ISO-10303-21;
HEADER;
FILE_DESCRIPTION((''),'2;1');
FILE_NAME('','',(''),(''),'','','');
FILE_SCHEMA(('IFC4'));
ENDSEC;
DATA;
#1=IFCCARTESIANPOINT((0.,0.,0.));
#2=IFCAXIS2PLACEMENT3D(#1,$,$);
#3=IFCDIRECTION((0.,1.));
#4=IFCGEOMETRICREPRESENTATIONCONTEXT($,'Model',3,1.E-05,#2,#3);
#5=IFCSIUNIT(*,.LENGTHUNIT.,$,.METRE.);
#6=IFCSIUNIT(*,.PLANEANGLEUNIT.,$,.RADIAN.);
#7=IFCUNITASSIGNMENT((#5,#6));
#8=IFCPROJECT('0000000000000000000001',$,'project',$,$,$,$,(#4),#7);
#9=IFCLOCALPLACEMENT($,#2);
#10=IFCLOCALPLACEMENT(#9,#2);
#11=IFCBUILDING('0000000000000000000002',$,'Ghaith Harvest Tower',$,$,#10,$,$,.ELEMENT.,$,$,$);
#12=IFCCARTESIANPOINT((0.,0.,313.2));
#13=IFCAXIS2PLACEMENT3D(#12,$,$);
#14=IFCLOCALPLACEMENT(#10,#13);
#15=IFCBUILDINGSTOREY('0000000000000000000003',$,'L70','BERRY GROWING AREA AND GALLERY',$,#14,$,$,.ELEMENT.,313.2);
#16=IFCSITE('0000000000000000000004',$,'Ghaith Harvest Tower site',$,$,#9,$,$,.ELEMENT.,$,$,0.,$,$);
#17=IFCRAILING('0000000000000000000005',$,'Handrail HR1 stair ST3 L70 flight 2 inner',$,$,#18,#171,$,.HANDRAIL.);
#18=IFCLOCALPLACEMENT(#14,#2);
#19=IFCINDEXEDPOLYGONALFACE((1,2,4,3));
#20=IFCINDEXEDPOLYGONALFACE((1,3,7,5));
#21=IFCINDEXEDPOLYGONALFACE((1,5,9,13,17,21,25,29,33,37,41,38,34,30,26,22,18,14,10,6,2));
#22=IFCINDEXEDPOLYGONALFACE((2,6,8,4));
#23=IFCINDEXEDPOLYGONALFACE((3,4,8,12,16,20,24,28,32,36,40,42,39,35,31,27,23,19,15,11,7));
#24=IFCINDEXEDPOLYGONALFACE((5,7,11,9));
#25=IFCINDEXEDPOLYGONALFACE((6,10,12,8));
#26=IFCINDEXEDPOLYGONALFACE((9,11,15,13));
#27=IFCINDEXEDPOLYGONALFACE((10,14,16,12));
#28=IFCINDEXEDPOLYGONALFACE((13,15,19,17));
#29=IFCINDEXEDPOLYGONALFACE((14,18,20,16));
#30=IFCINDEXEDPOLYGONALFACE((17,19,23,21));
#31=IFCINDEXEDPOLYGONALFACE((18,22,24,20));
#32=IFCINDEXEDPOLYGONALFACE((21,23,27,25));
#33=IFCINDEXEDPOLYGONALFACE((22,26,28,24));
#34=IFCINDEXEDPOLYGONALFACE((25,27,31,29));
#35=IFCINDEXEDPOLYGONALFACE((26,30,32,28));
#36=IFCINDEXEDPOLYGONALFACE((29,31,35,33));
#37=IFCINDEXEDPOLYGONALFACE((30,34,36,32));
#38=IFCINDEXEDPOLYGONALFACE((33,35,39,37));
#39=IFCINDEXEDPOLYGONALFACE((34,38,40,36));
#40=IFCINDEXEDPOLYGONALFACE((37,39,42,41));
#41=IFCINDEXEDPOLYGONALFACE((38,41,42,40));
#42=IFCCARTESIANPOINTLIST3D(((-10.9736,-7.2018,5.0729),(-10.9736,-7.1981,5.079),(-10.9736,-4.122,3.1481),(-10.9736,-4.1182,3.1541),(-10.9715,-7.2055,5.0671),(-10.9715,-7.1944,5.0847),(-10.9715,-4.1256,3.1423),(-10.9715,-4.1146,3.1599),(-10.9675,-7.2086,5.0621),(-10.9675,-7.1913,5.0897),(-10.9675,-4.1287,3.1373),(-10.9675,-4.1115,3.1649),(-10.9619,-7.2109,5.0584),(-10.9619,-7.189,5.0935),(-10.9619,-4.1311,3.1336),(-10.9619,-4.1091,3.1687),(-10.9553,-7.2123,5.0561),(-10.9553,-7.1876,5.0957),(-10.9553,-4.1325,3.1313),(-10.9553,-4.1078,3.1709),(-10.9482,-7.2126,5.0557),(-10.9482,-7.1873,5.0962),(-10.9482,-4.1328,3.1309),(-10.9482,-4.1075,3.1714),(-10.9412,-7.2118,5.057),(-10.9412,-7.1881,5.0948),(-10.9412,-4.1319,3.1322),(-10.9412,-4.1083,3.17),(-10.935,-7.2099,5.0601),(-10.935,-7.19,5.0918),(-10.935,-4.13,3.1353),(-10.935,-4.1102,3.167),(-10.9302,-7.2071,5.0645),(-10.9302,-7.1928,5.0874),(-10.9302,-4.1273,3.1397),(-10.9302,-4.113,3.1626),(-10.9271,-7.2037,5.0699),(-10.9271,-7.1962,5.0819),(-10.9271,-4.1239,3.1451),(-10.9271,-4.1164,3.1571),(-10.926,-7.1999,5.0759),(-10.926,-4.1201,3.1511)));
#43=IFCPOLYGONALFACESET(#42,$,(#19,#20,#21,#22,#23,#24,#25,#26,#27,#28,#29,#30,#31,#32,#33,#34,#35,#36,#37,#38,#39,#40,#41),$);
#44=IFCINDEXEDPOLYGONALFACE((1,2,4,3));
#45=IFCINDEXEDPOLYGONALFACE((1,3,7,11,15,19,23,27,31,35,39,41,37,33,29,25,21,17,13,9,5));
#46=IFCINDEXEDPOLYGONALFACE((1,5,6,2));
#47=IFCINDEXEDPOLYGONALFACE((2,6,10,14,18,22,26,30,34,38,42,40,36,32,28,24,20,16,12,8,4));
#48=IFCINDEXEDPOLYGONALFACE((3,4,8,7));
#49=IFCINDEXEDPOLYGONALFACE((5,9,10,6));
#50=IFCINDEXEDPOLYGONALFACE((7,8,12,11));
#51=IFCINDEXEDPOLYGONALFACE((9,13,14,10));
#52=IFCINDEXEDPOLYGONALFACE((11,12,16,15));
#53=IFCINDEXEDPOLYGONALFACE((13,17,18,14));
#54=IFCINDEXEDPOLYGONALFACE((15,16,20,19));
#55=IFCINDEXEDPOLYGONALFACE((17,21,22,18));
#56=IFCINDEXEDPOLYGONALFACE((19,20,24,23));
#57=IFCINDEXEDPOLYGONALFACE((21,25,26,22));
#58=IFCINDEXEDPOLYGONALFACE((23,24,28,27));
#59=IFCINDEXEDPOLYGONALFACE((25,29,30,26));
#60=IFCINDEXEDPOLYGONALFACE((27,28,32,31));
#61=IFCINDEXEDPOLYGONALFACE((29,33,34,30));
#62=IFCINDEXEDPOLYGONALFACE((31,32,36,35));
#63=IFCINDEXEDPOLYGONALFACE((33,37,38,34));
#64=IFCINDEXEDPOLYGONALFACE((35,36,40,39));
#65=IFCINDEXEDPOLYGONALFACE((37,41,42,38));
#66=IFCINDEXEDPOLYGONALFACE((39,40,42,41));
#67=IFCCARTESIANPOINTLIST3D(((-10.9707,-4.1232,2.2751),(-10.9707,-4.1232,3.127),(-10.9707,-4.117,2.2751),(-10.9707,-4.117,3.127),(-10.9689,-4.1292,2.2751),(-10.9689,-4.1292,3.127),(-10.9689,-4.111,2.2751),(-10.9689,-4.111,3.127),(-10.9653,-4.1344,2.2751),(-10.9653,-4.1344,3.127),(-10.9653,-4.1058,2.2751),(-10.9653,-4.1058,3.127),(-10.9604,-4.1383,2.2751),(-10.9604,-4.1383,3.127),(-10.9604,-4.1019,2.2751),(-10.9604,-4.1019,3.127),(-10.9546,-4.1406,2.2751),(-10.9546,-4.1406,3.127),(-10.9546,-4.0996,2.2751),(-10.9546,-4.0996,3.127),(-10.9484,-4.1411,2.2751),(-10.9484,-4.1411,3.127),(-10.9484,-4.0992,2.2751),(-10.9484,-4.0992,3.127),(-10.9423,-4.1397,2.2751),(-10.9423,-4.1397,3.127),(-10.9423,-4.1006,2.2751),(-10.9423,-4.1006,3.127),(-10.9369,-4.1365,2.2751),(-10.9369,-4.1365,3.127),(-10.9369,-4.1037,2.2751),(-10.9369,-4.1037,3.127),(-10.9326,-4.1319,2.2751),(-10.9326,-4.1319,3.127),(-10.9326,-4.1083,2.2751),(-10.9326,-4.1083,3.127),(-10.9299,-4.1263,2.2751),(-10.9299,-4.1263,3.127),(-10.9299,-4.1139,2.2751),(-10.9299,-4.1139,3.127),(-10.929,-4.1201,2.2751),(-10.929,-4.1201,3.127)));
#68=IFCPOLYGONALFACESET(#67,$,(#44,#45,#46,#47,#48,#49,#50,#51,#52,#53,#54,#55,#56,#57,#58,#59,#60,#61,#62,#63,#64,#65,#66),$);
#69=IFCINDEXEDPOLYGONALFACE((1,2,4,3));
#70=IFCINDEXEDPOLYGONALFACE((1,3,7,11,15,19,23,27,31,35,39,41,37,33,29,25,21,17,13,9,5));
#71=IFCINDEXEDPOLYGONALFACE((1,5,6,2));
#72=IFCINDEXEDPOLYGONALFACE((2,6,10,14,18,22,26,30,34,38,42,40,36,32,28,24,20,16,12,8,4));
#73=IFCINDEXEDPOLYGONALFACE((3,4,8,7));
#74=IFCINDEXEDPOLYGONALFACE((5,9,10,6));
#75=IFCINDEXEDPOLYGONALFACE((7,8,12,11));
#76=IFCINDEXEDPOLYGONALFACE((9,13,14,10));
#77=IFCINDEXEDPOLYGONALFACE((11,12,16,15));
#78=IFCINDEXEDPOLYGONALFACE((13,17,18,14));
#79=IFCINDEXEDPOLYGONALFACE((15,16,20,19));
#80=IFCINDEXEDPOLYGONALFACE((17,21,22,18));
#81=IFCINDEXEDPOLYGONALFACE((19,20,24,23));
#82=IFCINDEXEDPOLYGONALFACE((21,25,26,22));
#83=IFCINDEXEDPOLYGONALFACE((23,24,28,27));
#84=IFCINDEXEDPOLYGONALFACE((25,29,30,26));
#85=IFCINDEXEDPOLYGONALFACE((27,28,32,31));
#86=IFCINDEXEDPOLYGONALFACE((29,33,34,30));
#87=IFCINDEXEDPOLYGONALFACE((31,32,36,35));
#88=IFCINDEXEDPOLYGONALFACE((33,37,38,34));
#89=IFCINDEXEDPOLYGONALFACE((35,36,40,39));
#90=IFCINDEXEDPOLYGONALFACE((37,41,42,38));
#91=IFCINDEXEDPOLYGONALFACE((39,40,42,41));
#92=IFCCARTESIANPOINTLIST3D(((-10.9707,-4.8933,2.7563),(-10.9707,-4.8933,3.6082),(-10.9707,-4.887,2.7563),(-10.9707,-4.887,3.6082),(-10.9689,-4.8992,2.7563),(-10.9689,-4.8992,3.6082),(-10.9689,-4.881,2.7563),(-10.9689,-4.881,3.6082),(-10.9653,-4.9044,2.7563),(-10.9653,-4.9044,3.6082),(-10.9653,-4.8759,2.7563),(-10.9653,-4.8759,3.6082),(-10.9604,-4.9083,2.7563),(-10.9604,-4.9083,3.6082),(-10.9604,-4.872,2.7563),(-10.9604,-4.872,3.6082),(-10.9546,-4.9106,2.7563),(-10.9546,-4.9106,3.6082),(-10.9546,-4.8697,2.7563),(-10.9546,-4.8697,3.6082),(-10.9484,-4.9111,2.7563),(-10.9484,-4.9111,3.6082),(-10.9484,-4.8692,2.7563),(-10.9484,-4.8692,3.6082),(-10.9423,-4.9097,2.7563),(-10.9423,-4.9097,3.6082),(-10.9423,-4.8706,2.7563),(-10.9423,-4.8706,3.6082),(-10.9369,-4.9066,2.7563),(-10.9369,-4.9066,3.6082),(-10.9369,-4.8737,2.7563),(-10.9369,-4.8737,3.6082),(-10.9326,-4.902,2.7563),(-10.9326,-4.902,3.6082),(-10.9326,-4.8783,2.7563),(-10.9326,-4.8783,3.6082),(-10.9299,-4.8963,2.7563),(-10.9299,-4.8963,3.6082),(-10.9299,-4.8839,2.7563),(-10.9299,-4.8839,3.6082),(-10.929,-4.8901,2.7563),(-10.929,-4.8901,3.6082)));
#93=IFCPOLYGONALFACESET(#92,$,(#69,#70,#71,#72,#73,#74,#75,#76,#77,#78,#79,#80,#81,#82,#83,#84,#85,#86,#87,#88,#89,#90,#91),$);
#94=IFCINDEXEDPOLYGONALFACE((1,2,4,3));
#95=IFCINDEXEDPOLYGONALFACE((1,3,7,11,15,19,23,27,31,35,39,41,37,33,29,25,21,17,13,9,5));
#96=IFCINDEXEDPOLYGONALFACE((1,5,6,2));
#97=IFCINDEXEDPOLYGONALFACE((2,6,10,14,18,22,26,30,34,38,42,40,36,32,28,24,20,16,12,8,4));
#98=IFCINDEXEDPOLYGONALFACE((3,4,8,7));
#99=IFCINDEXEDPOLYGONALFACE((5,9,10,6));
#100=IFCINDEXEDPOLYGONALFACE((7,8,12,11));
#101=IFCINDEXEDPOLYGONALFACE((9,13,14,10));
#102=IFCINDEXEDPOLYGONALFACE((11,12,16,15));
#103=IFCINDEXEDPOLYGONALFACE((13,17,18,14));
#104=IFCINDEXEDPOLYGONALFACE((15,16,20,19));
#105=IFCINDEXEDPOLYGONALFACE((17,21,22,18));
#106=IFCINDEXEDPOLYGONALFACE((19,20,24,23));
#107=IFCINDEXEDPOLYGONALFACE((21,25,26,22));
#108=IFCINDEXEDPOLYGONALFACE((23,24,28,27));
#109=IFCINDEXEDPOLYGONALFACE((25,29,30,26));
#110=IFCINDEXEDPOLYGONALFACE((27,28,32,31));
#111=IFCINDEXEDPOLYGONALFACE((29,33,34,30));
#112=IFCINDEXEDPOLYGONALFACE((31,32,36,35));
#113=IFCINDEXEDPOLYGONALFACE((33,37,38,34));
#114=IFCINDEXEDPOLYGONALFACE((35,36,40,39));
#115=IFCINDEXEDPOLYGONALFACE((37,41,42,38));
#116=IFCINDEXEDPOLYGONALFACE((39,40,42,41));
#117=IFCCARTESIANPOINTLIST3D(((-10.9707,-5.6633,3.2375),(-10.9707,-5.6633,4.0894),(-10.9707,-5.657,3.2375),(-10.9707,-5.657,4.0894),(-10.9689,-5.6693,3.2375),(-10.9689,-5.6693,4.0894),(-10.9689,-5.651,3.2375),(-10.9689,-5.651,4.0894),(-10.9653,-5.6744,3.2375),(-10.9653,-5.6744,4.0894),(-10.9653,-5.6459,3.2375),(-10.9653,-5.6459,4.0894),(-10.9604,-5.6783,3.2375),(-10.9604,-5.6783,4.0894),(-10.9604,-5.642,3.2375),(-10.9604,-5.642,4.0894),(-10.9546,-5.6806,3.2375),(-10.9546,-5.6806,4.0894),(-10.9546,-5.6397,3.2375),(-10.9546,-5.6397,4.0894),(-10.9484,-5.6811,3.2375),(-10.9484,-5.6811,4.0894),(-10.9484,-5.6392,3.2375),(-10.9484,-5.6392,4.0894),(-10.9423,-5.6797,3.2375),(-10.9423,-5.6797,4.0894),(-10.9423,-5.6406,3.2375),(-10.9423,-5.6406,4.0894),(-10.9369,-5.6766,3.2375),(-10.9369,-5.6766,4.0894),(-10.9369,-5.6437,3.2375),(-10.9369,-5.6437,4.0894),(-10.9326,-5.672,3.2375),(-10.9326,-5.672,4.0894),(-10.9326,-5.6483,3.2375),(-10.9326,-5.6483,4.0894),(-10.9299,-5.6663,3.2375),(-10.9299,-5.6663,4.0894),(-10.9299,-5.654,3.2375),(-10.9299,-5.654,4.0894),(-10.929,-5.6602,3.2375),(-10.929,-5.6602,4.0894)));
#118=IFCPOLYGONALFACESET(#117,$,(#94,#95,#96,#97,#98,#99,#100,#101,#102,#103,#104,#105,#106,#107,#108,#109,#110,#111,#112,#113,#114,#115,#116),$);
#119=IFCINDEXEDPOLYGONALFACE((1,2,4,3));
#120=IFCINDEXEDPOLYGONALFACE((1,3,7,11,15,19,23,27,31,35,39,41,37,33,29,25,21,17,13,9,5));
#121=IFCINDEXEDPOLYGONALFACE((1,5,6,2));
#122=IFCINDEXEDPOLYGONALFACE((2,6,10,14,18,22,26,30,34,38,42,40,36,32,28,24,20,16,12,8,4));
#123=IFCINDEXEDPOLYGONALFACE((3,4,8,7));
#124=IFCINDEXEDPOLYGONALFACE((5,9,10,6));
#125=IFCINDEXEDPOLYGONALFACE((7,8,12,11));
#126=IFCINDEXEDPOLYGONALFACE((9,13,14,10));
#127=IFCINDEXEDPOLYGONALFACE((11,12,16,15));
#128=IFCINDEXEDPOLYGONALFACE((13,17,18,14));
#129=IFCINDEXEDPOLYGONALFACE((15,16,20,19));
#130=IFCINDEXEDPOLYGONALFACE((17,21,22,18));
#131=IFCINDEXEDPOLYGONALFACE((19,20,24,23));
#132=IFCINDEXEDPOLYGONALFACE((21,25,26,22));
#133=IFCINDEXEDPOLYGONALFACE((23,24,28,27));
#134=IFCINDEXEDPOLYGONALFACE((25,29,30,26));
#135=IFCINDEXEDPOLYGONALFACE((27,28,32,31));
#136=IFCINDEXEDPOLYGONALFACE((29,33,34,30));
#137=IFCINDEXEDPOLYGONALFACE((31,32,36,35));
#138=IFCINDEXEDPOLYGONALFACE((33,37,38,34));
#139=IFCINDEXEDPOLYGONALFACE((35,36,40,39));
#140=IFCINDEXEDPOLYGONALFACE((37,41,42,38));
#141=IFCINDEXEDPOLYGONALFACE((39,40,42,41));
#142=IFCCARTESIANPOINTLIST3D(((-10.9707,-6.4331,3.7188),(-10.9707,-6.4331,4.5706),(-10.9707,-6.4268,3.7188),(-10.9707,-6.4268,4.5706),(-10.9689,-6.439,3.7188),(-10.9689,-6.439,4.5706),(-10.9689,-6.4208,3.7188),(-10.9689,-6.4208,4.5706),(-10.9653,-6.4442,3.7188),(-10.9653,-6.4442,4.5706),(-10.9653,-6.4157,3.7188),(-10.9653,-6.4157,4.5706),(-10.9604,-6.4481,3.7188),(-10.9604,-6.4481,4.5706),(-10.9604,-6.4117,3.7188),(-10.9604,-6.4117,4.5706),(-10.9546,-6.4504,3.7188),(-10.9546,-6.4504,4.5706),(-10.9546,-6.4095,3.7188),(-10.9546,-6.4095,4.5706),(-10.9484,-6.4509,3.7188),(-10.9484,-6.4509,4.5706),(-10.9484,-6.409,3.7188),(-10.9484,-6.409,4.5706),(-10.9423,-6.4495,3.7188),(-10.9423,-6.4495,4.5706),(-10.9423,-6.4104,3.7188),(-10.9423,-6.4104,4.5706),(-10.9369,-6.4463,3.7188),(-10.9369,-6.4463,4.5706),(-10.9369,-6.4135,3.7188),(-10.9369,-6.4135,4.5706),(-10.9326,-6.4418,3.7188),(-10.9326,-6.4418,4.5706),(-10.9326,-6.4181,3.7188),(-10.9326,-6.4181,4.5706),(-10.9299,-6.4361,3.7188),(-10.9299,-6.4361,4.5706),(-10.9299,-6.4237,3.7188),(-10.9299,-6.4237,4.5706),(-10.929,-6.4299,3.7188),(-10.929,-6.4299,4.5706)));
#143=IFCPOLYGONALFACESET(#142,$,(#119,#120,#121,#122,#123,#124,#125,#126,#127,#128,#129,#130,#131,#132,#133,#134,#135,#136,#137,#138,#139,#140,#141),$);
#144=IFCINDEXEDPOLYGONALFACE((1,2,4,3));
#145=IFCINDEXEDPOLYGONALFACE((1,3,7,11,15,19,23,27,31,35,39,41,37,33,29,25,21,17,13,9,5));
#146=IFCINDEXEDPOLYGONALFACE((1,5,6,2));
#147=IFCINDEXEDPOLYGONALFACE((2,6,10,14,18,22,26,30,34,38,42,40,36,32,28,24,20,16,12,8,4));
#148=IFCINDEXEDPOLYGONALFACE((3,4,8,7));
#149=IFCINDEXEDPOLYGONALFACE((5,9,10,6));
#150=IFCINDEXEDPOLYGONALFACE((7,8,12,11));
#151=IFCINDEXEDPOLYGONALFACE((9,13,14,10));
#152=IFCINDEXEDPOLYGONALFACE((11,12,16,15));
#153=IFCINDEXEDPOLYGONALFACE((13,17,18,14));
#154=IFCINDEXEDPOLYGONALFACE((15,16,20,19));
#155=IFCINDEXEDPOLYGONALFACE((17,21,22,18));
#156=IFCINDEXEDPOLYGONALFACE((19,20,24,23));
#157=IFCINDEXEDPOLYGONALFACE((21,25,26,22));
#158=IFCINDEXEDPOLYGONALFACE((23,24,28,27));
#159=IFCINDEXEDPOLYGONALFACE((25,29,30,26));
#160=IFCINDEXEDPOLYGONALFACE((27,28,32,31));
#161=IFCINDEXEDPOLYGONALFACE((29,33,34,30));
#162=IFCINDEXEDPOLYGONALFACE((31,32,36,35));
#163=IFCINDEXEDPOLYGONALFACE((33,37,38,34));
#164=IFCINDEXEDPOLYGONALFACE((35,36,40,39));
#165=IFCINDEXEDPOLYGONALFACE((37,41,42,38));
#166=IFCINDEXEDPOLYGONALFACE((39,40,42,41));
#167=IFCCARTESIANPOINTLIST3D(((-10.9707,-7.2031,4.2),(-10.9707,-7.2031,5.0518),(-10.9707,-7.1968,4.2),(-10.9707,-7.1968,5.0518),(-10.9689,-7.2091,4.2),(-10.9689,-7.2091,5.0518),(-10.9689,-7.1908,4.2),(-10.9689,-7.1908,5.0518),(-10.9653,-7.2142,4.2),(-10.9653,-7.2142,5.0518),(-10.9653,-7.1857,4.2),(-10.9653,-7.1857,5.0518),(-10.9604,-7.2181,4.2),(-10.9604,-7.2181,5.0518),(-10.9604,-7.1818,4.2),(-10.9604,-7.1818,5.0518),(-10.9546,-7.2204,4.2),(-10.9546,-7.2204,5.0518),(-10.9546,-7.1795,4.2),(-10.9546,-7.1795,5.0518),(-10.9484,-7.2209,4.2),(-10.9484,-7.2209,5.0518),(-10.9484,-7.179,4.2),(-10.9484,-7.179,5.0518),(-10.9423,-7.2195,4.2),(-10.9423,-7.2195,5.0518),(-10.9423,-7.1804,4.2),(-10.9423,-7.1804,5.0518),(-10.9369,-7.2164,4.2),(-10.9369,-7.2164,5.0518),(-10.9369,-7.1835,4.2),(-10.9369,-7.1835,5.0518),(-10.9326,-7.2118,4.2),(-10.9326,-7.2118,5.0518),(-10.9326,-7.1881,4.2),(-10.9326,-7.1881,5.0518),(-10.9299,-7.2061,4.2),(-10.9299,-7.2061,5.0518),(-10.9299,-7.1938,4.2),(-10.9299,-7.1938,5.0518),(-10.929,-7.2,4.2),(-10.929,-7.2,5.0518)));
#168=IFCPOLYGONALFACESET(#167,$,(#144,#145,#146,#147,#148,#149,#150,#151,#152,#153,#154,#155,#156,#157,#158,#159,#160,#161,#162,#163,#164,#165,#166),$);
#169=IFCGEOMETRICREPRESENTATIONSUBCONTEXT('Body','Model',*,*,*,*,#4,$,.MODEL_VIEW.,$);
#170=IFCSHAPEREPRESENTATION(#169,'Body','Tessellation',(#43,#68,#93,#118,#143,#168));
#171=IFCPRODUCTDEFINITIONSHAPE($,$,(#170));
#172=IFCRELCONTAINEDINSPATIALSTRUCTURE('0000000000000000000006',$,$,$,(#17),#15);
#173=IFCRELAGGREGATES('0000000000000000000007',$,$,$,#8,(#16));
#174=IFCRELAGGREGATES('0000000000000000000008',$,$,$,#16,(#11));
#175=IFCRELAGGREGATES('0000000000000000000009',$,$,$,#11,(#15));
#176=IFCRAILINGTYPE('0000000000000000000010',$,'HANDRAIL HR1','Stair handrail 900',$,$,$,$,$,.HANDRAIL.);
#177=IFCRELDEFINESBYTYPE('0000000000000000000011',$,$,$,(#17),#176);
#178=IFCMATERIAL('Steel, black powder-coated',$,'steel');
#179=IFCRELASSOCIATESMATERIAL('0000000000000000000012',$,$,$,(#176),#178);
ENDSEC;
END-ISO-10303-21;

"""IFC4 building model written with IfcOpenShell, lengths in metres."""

from ifc_helpers import new_model, si_unit, direction, frame, origin, origin_2d, place, context, subcontext, project, spatial, circle, extrude, material, type_object, element, save


model = new_model("IFC4")

# Units and contexts
model_context = context("Model", 3, precision=1e-05, world=origin(), true_north=direction((0.0, 1.0)))
body_context = subcontext(model_context, "Body", "Model", "MODEL_VIEW")
ifc_project = project(units=[si_unit("LENGTHUNIT", "METRE"), si_unit("PLANEANGLEUNIT", "RADIAN")], contexts=[model_context])

# Site, building, storey
site_placement = place(None, origin())
site = spatial("IfcSite", under=ifc_project, at=site_placement, Name="Ghaith Harvest Tower site", CompositionType="ELEMENT", RefElevation=0.0)
building_placement = place(site_placement, origin())
building = spatial("IfcBuilding", under=site, at=building_placement, Name="Ghaith Harvest Tower", CompositionType="ELEMENT")
storey_placement = place(building_placement, frame((0.0, 0.0, 313.2)))
storey = spatial("IfcBuildingStorey", under=building, at=storey_placement, Name="L70", Description="BERRY GROWING AREA AND GALLERY", CompositionType="ELEMENT", Elevation=313.2)

# Railing
ifc_material_1 = material(Name="Steel, black powder-coated", Category="steel")
railing_type = type_object("IfcRailingType", Name="HANDRAIL HR1", Description="Stair handrail 900", PredefinedType="HANDRAIL", material=ifc_material_1)
railing_1_placement = place(storey_placement, frame((-10.95, -4.1201, 2.2751)))
element("IfcRailing", 1, at=railing_1_placement, inside=storey, type_object=railing_type, Name="Handrail HR1 stair ST3 L70 flight 2 inner", PredefinedType="HANDRAIL", context=body_context, shape_type="SweptSolid", body=[
    extrude(circle(Radius=0.0239, at=origin_2d()), frame((0.0, 0.0, 0.876), z_axis=(0.0, -0.84801, 0.529981), x_axis=(1.0, 0.0, 0.0)), (0.0, 0.0, 1.0), 3.6318),
    extrude(circle(Radius=0.021, at=origin_2d()), origin(), (0.0, 0.0, 1.0), 0.8518),
    extrude(circle(Radius=0.021, at=origin_2d()), frame((0.0, -0.77, 0.4812)), (0.0, 0.0, 1.0), 0.8518),
    extrude(circle(Radius=0.021, at=origin_2d()), frame((0.0, -1.54, 0.9624)), (0.0, 0.0, 1.0), 0.8518),
    extrude(circle(Radius=0.021, at=origin_2d()), frame((0.0, -2.3098, 1.4436)), (0.0, 0.0, 1.0), 0.8518),
    extrude(circle(Radius=0.021, at=origin_2d()), frame((0.0, -3.0798, 1.9248)), (0.0, 0.0, 1.0), 0.8518),
])

save(model, "model.ifc")
